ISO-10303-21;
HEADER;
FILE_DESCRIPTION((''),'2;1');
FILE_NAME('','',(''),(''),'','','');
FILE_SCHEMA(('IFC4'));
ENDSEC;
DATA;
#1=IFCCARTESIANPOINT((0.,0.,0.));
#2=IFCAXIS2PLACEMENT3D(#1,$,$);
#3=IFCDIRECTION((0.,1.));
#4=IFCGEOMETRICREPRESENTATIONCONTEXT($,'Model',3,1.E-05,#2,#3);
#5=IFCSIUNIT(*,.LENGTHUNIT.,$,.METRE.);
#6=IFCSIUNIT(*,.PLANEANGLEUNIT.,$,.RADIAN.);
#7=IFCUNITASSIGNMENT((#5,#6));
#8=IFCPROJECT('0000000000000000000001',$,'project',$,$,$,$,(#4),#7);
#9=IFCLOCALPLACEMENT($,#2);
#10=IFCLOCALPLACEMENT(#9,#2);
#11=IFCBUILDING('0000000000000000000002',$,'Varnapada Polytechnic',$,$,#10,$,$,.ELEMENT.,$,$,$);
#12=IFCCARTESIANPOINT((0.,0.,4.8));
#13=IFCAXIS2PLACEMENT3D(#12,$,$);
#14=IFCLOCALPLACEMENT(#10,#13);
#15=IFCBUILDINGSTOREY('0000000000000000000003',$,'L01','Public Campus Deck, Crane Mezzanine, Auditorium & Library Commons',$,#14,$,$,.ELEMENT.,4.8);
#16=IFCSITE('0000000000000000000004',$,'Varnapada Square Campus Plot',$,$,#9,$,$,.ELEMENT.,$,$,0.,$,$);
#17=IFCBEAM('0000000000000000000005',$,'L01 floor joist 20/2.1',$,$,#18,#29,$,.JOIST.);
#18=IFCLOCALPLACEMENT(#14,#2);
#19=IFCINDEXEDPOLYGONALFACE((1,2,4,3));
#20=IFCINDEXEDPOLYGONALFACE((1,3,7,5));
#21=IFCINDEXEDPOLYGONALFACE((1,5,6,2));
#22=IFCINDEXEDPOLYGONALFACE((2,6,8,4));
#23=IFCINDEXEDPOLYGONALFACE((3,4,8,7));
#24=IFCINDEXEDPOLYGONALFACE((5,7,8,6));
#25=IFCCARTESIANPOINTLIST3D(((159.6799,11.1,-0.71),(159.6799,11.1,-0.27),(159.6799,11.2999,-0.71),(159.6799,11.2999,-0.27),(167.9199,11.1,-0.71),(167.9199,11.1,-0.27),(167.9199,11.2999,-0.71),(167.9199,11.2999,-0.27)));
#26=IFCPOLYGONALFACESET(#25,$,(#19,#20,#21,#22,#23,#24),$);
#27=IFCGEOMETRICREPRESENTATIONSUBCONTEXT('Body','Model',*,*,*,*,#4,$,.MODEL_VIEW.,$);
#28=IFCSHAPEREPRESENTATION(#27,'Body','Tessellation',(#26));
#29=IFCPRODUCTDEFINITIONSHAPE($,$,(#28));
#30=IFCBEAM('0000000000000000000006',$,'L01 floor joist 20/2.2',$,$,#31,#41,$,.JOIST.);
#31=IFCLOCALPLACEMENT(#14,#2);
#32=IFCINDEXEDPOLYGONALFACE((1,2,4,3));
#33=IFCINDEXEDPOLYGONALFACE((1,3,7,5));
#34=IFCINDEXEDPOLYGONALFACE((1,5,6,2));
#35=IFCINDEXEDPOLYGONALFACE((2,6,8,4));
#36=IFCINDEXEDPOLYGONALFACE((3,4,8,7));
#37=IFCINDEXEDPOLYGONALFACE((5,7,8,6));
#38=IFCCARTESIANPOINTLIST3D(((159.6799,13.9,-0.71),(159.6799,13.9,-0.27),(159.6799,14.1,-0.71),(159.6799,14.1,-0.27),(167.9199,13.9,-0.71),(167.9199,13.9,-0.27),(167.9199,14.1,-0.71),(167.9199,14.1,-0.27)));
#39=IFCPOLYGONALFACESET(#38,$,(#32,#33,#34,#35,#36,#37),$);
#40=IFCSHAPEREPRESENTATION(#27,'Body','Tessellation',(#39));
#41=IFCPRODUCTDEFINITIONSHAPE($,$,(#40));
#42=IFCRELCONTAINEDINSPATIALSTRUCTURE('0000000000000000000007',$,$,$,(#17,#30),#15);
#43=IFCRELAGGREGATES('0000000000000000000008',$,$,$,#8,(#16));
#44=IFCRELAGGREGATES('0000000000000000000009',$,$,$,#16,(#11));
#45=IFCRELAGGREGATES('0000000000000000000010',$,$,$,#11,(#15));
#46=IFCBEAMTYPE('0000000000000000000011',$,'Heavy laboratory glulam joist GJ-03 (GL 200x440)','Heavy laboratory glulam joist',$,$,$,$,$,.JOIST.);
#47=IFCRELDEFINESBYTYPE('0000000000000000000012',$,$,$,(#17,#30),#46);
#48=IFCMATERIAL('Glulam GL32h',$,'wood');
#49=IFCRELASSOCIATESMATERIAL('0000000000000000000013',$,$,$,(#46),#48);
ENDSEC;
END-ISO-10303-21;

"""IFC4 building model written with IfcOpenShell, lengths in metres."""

from ifc_helpers import new_model, si_unit, direction, frame, origin, origin_2d, place, context, subcontext, project, spatial, rectangle, extrude, material, material_profile, profile_set, type_object, element, save


model = new_model("IFC4")

# Units and contexts
model_context = context("Model", 3, precision=1e-05, world=origin(), true_north=direction((0.0, 1.0)))
body_context = subcontext(model_context, "Body", "Model", "MODEL_VIEW")
ifc_project = project(units=[si_unit("LENGTHUNIT", "METRE"), si_unit("PLANEANGLEUNIT", "RADIAN")], contexts=[model_context])

# Site, building, storey
site_placement = place(None, origin())
site = spatial("IfcSite", under=ifc_project, at=site_placement, Name="Varnapada Square Campus Plot", CompositionType="ELEMENT", RefElevation=0.0)
building_placement = place(site_placement, origin())
building = spatial("IfcBuilding", under=site, at=building_placement, Name="Varnapada Polytechnic", CompositionType="ELEMENT")
storey_placement = place(building_placement, frame((0.0, 0.0, 4.8)))
storey = spatial("IfcBuildingStorey", under=building, at=storey_placement, Name="L01", Description="Public Campus Deck, Crane Mezzanine, Auditorium & Library Commons", CompositionType="ELEMENT", Elevation=4.8)

# Beams
ifc_material_1 = material(Name="Glulam GL32h", Category="wood")
ifc_material_profile = material_profile(ifc_material_1, rectangle(XDim=0.2, YDim=0.4399, at=origin_2d()), Name="GL 200x440")
ifc_profile_set = profile_set([ifc_material_profile], Name="Glulam GL32h")
beam_type = type_object("IfcBeamType", Name="Heavy laboratory glulam joist GJ-03 (GL 200x440)", Description="Heavy laboratory glulam joist", PredefinedType="JOIST", material=ifc_profile_set)
for number, where, z_axis, x_axis, name in (
    (1, (159.6799, 11.2, -0.49), (1.0, 0.0, 0.0), (0.0, 1.0, 0.0), "L01 floor joist 20/2.1"),
    (2, (159.6799, 14.0, -0.49), (1.0, 0.0, 0.0), (0.0, 1.0, 0.0), "L01 floor joist 20/2.2"),
):
    element("IfcBeam", number, at=place(storey_placement, frame(where, z_axis=z_axis, x_axis=x_axis)), inside=storey, type_object=beam_type, Name=name, PredefinedType="JOIST", context=body_context, shape_type="SweptSolid", body=[
        extrude(rectangle(XDim=0.2, YDim=0.4399, at=origin_2d()), origin(), (0.0, 0.0, 1.0), 8.24),
    ])

save(model, "model.ifc")
